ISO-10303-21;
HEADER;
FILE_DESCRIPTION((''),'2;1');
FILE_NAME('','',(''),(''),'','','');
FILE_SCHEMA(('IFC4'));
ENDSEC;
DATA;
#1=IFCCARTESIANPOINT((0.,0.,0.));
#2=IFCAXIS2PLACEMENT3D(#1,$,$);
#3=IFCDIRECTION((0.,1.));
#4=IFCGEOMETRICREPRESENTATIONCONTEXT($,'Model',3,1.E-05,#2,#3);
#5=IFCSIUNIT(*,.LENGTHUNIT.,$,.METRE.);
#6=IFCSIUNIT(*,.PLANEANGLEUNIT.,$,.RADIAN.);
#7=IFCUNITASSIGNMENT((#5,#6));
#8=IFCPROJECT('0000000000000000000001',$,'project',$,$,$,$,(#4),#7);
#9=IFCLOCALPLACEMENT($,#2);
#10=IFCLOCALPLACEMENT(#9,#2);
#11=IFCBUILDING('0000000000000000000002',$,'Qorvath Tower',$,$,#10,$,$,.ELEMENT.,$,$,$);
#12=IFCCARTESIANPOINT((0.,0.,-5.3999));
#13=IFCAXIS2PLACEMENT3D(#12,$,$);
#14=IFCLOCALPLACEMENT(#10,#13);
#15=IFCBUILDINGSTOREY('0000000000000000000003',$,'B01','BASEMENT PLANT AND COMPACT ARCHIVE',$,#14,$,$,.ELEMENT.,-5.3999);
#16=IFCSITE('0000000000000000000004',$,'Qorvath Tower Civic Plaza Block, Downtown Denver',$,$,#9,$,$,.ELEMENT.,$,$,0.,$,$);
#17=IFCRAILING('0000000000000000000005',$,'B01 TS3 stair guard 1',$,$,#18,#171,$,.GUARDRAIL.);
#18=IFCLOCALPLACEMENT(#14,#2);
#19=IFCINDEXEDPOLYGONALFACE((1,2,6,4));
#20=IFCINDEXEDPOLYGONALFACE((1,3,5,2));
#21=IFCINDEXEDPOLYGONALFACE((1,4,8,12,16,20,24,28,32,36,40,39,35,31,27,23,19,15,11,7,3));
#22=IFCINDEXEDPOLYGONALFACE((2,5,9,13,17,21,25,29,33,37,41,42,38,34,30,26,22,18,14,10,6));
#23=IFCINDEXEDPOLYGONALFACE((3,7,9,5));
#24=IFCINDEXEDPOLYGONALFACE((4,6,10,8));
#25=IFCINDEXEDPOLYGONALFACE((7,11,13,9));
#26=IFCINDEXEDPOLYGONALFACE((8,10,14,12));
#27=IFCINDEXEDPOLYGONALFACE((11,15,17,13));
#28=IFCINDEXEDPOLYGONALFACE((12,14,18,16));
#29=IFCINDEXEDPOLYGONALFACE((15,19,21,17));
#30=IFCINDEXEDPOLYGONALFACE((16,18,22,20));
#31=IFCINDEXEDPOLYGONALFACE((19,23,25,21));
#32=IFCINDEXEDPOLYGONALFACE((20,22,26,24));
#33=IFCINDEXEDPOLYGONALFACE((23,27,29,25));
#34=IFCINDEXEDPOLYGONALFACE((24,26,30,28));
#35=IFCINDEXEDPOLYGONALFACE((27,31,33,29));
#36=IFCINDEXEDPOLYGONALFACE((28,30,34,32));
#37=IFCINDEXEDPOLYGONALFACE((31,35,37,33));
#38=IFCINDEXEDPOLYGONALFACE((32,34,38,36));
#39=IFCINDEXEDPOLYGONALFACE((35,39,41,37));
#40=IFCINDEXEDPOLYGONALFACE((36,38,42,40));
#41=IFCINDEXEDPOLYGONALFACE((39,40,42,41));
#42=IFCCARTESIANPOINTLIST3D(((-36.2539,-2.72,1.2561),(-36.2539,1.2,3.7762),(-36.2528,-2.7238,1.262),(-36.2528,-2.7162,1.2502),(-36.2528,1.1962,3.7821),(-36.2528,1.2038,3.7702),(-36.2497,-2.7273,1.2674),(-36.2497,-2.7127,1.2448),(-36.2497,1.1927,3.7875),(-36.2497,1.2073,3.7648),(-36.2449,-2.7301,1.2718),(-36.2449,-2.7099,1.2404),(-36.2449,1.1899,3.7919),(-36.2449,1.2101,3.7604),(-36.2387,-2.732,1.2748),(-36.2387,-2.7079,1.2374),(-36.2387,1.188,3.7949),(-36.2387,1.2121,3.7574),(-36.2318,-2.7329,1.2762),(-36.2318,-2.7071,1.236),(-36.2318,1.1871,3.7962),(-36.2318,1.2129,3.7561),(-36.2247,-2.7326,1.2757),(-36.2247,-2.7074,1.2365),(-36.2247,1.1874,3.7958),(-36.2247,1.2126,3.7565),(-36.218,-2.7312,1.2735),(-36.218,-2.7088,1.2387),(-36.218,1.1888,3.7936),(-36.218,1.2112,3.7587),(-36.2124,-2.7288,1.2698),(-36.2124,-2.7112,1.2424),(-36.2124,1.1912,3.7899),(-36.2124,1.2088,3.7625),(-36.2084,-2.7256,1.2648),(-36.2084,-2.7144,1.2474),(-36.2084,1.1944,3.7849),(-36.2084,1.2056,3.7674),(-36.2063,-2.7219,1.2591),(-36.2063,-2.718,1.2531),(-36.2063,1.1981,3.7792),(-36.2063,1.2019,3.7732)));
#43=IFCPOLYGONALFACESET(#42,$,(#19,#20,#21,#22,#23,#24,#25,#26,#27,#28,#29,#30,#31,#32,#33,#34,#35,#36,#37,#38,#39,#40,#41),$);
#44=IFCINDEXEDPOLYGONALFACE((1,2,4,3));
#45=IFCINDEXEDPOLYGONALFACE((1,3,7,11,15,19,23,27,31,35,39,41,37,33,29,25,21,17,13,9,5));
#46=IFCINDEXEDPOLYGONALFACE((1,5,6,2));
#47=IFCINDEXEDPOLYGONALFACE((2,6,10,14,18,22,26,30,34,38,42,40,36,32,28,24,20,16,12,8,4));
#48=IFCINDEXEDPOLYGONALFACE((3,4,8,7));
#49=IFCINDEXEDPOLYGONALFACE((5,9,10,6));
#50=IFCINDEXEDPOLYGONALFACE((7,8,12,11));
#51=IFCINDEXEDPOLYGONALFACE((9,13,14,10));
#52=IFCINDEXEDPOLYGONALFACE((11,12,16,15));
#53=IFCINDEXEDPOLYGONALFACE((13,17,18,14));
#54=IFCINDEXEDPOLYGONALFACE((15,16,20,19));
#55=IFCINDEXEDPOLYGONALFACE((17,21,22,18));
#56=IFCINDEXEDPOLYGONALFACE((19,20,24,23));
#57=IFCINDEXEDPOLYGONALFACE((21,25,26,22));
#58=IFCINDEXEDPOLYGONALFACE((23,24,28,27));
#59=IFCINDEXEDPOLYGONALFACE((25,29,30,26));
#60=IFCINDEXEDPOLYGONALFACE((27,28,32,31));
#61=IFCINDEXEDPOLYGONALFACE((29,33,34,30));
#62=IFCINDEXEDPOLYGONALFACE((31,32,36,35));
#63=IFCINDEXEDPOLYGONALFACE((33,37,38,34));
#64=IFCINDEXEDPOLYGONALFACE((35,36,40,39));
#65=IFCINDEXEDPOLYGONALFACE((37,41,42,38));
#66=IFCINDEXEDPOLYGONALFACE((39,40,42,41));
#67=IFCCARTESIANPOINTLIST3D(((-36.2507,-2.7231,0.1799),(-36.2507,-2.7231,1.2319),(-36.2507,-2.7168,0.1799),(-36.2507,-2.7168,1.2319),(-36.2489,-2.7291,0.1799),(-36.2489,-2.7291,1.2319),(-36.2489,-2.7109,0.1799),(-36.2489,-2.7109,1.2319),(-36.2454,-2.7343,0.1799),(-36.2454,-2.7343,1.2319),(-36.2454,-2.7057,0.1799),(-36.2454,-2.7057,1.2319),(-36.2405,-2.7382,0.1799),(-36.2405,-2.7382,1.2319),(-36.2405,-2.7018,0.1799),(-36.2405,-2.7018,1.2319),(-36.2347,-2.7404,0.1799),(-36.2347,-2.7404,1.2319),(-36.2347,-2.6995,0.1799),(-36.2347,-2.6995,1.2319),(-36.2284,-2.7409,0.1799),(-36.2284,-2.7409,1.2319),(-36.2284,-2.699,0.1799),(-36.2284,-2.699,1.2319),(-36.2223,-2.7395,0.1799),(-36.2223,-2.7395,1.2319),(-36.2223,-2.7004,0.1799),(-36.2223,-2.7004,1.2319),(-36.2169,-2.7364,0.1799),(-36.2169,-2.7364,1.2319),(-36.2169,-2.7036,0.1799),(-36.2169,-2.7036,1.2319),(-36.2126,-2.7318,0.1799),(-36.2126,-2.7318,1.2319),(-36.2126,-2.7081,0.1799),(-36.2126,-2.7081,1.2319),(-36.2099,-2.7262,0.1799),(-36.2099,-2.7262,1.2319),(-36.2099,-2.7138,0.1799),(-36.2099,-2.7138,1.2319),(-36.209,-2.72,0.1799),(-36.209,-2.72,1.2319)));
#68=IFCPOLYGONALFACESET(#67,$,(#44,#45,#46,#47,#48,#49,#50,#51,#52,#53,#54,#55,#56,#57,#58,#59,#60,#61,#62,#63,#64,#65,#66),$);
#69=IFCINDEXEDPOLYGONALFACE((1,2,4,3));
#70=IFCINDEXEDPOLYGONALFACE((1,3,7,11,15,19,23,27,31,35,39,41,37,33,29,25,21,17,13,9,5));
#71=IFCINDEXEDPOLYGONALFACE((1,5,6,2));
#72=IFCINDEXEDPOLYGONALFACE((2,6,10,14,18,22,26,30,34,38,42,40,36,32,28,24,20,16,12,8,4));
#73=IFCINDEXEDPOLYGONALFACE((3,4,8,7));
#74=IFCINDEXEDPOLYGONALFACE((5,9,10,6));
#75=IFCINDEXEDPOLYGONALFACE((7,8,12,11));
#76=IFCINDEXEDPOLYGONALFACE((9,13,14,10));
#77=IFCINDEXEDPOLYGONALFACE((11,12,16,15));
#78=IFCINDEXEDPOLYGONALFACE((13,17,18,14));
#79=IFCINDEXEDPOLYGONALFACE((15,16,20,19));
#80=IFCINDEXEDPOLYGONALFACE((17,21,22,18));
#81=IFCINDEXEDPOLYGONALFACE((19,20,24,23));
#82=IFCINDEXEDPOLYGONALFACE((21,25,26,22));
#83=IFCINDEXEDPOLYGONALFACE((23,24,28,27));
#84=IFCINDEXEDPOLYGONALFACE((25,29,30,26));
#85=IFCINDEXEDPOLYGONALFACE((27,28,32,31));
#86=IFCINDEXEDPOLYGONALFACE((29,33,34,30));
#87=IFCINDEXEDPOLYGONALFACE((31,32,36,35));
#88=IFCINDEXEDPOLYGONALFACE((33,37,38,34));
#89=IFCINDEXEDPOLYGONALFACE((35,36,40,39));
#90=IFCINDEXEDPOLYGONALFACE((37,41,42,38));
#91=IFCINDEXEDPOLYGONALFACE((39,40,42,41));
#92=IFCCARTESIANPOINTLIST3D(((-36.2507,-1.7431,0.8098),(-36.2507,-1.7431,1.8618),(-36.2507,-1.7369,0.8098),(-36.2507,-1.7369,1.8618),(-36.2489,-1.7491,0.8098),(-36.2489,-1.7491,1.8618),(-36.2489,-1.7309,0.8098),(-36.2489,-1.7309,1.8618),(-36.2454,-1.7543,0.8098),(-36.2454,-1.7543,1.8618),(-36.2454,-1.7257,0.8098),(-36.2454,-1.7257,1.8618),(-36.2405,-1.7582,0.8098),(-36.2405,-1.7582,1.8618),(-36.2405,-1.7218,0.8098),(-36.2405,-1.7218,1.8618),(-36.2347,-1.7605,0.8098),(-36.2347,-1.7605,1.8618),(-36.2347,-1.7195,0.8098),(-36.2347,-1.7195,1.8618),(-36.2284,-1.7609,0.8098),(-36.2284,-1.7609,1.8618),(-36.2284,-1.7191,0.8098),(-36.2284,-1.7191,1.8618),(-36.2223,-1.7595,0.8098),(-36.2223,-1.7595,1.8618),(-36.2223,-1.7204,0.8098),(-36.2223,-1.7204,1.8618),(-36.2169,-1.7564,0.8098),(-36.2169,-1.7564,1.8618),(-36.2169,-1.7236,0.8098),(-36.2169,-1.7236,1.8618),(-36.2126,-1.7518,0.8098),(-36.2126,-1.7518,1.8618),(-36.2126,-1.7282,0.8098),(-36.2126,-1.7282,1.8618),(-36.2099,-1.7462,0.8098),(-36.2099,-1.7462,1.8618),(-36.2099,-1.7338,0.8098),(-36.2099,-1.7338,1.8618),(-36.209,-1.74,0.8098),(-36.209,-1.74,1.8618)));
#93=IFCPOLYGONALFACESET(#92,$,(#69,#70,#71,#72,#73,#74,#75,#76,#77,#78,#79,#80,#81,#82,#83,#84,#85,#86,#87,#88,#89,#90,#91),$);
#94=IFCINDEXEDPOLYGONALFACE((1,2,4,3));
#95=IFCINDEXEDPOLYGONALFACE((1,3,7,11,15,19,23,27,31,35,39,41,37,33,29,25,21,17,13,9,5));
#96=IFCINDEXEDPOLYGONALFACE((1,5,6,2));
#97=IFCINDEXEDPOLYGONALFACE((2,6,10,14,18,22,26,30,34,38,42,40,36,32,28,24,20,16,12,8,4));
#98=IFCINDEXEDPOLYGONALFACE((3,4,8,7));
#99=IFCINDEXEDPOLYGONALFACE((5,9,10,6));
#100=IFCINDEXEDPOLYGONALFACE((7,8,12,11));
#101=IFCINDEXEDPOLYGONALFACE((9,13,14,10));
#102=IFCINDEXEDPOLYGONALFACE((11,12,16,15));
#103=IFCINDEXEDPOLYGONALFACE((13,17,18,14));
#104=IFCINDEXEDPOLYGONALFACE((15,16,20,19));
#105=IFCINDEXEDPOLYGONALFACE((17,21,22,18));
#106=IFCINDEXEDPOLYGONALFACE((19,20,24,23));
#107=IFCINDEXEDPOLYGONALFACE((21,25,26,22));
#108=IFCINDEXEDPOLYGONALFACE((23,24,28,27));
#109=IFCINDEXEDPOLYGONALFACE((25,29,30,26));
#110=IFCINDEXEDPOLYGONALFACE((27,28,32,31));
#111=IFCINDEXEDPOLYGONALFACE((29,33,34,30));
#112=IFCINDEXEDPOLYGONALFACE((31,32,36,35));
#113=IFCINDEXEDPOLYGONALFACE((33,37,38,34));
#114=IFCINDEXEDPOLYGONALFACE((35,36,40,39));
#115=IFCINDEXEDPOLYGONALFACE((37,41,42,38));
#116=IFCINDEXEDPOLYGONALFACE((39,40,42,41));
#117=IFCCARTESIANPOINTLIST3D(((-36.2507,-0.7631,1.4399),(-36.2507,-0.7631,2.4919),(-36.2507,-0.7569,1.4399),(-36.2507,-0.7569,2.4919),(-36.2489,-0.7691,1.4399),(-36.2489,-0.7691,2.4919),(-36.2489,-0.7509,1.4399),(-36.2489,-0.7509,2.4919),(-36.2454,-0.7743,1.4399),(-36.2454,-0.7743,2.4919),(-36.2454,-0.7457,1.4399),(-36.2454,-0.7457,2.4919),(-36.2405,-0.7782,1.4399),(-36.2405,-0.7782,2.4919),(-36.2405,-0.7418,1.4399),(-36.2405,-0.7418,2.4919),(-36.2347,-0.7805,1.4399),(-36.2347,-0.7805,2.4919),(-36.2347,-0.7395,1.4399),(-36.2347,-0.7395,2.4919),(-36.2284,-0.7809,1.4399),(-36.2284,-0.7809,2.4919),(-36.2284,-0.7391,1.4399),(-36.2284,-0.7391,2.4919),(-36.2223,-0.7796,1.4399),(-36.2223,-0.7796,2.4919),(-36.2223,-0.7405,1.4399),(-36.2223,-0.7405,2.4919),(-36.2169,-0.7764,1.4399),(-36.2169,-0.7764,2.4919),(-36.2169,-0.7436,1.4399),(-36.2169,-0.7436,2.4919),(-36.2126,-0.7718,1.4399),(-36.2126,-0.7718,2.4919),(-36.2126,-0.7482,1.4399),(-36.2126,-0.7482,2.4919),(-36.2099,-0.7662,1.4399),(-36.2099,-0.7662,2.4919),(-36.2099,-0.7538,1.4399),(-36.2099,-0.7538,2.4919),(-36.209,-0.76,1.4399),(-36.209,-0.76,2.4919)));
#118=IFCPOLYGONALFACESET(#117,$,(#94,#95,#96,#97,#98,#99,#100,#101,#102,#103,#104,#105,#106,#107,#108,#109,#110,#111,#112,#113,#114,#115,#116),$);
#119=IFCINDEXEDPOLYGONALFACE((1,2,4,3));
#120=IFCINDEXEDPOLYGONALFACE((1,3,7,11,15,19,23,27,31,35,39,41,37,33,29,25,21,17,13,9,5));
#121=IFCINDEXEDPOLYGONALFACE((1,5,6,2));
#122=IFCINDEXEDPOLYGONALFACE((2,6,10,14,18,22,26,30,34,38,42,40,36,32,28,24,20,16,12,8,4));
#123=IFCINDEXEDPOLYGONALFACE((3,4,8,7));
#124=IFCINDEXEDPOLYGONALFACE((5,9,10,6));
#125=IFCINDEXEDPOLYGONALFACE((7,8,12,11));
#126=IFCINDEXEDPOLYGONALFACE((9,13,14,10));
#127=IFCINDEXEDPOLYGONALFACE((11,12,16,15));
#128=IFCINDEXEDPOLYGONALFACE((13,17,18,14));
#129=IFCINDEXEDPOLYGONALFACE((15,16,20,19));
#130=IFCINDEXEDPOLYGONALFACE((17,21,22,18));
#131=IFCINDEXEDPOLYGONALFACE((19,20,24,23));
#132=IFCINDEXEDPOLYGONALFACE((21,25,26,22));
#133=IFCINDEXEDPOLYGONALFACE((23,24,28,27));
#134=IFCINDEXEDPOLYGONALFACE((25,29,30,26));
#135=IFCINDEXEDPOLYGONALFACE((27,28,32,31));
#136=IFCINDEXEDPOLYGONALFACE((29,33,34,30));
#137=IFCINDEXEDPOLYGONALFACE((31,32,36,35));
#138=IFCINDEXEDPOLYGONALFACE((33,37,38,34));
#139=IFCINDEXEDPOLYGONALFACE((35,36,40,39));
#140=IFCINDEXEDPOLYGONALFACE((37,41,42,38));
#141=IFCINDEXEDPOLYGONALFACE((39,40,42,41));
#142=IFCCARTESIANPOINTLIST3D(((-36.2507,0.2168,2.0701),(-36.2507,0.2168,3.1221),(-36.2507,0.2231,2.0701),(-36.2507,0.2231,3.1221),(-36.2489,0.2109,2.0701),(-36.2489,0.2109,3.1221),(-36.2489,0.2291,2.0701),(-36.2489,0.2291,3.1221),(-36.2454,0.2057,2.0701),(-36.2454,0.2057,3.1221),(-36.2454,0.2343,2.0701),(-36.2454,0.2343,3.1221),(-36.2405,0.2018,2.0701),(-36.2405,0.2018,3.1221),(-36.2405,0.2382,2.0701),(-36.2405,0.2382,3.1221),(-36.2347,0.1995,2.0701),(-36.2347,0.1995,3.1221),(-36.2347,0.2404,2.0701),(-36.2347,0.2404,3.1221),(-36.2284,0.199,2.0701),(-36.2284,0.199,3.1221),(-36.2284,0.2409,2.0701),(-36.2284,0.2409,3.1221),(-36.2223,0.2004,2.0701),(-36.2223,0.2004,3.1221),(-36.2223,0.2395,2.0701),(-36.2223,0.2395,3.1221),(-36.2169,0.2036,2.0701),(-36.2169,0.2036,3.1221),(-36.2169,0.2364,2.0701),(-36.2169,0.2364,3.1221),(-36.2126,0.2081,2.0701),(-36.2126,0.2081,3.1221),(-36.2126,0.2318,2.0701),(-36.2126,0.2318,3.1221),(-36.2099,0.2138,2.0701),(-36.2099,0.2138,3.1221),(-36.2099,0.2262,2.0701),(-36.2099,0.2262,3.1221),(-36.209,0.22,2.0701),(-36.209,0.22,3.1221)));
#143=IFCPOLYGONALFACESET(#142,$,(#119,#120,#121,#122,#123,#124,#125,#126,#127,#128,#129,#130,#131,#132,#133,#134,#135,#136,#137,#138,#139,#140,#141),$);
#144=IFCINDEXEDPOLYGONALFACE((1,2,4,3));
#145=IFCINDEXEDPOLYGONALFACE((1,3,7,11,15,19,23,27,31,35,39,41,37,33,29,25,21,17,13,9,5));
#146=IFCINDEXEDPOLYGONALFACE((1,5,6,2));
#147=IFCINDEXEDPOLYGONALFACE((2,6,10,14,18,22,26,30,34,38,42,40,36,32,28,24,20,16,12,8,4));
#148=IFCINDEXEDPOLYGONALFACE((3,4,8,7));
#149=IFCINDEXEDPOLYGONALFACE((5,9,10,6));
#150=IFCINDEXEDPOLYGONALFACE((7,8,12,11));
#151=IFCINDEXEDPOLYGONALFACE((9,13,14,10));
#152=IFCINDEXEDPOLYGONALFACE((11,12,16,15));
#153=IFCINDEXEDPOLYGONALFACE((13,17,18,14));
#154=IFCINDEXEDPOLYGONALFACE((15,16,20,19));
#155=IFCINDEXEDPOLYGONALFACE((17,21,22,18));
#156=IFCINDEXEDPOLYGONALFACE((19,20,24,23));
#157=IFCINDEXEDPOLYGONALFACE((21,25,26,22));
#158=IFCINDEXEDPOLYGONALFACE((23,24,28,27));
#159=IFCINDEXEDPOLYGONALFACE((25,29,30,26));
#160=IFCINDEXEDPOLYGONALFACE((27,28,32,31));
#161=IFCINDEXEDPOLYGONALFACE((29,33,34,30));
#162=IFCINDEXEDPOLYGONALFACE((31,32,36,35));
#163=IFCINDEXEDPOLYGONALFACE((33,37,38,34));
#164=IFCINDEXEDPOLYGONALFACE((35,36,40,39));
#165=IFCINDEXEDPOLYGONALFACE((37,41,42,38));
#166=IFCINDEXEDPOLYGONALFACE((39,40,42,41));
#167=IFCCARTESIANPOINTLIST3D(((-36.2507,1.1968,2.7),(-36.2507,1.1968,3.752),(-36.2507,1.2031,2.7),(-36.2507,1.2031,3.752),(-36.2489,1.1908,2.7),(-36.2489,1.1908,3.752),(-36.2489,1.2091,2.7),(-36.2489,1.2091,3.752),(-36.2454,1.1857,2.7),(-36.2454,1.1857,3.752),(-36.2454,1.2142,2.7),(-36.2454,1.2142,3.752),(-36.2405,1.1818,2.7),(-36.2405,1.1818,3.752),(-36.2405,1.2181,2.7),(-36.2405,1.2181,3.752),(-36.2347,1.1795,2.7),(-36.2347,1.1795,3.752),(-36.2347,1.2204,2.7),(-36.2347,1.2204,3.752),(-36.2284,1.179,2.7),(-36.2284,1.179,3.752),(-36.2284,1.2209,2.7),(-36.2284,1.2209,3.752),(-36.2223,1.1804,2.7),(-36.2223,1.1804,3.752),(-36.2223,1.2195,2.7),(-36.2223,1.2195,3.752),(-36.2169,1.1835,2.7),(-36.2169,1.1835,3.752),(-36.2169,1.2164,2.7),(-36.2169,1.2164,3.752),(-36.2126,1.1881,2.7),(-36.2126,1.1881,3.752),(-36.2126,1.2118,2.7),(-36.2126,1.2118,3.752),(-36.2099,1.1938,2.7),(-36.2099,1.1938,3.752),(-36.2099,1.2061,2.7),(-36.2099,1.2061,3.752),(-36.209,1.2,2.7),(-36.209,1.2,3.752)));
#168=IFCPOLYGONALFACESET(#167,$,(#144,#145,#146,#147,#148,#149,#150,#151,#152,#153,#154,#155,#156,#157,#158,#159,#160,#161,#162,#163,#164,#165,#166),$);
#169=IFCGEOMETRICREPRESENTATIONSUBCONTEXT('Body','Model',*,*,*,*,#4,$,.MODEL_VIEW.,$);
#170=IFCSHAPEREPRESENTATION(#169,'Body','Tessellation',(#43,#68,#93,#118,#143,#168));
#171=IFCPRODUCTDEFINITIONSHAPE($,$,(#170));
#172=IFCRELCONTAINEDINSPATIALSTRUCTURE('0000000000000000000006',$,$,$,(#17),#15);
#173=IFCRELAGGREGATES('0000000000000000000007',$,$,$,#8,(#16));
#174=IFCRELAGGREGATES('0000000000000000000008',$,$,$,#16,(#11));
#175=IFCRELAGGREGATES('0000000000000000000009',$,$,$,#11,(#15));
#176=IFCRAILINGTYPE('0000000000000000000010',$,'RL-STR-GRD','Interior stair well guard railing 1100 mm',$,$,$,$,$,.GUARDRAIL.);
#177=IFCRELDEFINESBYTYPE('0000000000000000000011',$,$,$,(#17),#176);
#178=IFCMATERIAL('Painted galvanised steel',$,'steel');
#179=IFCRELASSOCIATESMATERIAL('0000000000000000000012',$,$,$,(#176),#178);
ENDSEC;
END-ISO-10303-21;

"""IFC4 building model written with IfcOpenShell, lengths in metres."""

from ifc_helpers import new_model, si_unit, direction, frame, origin, origin_2d, place, context, subcontext, project, spatial, circle, extrude, material, type_object, element, save


model = new_model("IFC4")

# Units and contexts
model_context = context("Model", 3, precision=1e-05, world=origin(), true_north=direction((0.0, 1.0)))
body_context = subcontext(model_context, "Body", "Model", "MODEL_VIEW")
ifc_project = project(units=[si_unit("LENGTHUNIT", "METRE"), si_unit("PLANEANGLEUNIT", "RADIAN")], contexts=[model_context])

# Site, building, storey
site_placement = place(None, origin())
site = spatial("IfcSite", under=ifc_project, at=site_placement, Name="Qorvath Tower Civic Plaza Block, Downtown Denver", CompositionType="ELEMENT", RefElevation=0.0)
building_placement = place(site_placement, origin())
building = spatial("IfcBuilding", under=site, at=building_placement, Name="Qorvath Tower", CompositionType="ELEMENT")
storey_placement = place(building_placement, frame((0.0, 0.0, -5.3999)))
storey = spatial("IfcBuildingStorey", under=building, at=storey_placement, Name="B01", Description="BASEMENT PLANT AND COMPACT ARCHIVE", CompositionType="ELEMENT", Elevation=-5.3999)

# Railing
ifc_material_1 = material(Name="Painted galvanised steel", Category="steel")
railing_type_1 = type_object("IfcRailingType", Name="RL-STR-GRD", Description="Interior stair well guard railing 1100 mm", PredefinedType="GUARDRAIL", material=ifc_material_1)
railing_1_placement = place(storey_placement, frame((-36.23, -2.72, 0.1799)))
element("IfcRailing", 1, at=railing_1_placement, inside=storey, type_object=railing_type_1, Name="B01 TS3 stair guard 1", PredefinedType="GUARDRAIL", context=body_context, shape_type="SweptSolid", body=[
    extrude(circle(Radius=0.0239, at=origin_2d()), frame((0.0, 0.0, 1.0762), z_axis=(0.0, 0.841172, 0.540768), x_axis=(-1.0, 0.0, 0.0)), (0.0, 0.0, 1.0), 4.6602),
    extrude(circle(Radius=0.021, at=origin_2d()), origin(), (0.0, 0.0, 1.0), 1.052),
    extrude(circle(Radius=0.021, at=origin_2d()), frame((0.0, 0.98, 0.6299)), (0.0, 0.0, 1.0), 1.052),
    extrude(circle(Radius=0.021, at=origin_2d()), frame((0.0, 1.96, 1.26)), (0.0, 0.0, 1.0), 1.052),
    extrude(circle(Radius=0.021, at=origin_2d()), frame((0.0, 2.9399, 1.8901)), (0.0, 0.0, 1.0), 1.052),
    extrude(circle(Radius=0.021, at=origin_2d()), frame((0.0, 3.9199, 2.52)), (0.0, 0.0, 1.0), 1.052),
])

save(model, "model.ifc")
